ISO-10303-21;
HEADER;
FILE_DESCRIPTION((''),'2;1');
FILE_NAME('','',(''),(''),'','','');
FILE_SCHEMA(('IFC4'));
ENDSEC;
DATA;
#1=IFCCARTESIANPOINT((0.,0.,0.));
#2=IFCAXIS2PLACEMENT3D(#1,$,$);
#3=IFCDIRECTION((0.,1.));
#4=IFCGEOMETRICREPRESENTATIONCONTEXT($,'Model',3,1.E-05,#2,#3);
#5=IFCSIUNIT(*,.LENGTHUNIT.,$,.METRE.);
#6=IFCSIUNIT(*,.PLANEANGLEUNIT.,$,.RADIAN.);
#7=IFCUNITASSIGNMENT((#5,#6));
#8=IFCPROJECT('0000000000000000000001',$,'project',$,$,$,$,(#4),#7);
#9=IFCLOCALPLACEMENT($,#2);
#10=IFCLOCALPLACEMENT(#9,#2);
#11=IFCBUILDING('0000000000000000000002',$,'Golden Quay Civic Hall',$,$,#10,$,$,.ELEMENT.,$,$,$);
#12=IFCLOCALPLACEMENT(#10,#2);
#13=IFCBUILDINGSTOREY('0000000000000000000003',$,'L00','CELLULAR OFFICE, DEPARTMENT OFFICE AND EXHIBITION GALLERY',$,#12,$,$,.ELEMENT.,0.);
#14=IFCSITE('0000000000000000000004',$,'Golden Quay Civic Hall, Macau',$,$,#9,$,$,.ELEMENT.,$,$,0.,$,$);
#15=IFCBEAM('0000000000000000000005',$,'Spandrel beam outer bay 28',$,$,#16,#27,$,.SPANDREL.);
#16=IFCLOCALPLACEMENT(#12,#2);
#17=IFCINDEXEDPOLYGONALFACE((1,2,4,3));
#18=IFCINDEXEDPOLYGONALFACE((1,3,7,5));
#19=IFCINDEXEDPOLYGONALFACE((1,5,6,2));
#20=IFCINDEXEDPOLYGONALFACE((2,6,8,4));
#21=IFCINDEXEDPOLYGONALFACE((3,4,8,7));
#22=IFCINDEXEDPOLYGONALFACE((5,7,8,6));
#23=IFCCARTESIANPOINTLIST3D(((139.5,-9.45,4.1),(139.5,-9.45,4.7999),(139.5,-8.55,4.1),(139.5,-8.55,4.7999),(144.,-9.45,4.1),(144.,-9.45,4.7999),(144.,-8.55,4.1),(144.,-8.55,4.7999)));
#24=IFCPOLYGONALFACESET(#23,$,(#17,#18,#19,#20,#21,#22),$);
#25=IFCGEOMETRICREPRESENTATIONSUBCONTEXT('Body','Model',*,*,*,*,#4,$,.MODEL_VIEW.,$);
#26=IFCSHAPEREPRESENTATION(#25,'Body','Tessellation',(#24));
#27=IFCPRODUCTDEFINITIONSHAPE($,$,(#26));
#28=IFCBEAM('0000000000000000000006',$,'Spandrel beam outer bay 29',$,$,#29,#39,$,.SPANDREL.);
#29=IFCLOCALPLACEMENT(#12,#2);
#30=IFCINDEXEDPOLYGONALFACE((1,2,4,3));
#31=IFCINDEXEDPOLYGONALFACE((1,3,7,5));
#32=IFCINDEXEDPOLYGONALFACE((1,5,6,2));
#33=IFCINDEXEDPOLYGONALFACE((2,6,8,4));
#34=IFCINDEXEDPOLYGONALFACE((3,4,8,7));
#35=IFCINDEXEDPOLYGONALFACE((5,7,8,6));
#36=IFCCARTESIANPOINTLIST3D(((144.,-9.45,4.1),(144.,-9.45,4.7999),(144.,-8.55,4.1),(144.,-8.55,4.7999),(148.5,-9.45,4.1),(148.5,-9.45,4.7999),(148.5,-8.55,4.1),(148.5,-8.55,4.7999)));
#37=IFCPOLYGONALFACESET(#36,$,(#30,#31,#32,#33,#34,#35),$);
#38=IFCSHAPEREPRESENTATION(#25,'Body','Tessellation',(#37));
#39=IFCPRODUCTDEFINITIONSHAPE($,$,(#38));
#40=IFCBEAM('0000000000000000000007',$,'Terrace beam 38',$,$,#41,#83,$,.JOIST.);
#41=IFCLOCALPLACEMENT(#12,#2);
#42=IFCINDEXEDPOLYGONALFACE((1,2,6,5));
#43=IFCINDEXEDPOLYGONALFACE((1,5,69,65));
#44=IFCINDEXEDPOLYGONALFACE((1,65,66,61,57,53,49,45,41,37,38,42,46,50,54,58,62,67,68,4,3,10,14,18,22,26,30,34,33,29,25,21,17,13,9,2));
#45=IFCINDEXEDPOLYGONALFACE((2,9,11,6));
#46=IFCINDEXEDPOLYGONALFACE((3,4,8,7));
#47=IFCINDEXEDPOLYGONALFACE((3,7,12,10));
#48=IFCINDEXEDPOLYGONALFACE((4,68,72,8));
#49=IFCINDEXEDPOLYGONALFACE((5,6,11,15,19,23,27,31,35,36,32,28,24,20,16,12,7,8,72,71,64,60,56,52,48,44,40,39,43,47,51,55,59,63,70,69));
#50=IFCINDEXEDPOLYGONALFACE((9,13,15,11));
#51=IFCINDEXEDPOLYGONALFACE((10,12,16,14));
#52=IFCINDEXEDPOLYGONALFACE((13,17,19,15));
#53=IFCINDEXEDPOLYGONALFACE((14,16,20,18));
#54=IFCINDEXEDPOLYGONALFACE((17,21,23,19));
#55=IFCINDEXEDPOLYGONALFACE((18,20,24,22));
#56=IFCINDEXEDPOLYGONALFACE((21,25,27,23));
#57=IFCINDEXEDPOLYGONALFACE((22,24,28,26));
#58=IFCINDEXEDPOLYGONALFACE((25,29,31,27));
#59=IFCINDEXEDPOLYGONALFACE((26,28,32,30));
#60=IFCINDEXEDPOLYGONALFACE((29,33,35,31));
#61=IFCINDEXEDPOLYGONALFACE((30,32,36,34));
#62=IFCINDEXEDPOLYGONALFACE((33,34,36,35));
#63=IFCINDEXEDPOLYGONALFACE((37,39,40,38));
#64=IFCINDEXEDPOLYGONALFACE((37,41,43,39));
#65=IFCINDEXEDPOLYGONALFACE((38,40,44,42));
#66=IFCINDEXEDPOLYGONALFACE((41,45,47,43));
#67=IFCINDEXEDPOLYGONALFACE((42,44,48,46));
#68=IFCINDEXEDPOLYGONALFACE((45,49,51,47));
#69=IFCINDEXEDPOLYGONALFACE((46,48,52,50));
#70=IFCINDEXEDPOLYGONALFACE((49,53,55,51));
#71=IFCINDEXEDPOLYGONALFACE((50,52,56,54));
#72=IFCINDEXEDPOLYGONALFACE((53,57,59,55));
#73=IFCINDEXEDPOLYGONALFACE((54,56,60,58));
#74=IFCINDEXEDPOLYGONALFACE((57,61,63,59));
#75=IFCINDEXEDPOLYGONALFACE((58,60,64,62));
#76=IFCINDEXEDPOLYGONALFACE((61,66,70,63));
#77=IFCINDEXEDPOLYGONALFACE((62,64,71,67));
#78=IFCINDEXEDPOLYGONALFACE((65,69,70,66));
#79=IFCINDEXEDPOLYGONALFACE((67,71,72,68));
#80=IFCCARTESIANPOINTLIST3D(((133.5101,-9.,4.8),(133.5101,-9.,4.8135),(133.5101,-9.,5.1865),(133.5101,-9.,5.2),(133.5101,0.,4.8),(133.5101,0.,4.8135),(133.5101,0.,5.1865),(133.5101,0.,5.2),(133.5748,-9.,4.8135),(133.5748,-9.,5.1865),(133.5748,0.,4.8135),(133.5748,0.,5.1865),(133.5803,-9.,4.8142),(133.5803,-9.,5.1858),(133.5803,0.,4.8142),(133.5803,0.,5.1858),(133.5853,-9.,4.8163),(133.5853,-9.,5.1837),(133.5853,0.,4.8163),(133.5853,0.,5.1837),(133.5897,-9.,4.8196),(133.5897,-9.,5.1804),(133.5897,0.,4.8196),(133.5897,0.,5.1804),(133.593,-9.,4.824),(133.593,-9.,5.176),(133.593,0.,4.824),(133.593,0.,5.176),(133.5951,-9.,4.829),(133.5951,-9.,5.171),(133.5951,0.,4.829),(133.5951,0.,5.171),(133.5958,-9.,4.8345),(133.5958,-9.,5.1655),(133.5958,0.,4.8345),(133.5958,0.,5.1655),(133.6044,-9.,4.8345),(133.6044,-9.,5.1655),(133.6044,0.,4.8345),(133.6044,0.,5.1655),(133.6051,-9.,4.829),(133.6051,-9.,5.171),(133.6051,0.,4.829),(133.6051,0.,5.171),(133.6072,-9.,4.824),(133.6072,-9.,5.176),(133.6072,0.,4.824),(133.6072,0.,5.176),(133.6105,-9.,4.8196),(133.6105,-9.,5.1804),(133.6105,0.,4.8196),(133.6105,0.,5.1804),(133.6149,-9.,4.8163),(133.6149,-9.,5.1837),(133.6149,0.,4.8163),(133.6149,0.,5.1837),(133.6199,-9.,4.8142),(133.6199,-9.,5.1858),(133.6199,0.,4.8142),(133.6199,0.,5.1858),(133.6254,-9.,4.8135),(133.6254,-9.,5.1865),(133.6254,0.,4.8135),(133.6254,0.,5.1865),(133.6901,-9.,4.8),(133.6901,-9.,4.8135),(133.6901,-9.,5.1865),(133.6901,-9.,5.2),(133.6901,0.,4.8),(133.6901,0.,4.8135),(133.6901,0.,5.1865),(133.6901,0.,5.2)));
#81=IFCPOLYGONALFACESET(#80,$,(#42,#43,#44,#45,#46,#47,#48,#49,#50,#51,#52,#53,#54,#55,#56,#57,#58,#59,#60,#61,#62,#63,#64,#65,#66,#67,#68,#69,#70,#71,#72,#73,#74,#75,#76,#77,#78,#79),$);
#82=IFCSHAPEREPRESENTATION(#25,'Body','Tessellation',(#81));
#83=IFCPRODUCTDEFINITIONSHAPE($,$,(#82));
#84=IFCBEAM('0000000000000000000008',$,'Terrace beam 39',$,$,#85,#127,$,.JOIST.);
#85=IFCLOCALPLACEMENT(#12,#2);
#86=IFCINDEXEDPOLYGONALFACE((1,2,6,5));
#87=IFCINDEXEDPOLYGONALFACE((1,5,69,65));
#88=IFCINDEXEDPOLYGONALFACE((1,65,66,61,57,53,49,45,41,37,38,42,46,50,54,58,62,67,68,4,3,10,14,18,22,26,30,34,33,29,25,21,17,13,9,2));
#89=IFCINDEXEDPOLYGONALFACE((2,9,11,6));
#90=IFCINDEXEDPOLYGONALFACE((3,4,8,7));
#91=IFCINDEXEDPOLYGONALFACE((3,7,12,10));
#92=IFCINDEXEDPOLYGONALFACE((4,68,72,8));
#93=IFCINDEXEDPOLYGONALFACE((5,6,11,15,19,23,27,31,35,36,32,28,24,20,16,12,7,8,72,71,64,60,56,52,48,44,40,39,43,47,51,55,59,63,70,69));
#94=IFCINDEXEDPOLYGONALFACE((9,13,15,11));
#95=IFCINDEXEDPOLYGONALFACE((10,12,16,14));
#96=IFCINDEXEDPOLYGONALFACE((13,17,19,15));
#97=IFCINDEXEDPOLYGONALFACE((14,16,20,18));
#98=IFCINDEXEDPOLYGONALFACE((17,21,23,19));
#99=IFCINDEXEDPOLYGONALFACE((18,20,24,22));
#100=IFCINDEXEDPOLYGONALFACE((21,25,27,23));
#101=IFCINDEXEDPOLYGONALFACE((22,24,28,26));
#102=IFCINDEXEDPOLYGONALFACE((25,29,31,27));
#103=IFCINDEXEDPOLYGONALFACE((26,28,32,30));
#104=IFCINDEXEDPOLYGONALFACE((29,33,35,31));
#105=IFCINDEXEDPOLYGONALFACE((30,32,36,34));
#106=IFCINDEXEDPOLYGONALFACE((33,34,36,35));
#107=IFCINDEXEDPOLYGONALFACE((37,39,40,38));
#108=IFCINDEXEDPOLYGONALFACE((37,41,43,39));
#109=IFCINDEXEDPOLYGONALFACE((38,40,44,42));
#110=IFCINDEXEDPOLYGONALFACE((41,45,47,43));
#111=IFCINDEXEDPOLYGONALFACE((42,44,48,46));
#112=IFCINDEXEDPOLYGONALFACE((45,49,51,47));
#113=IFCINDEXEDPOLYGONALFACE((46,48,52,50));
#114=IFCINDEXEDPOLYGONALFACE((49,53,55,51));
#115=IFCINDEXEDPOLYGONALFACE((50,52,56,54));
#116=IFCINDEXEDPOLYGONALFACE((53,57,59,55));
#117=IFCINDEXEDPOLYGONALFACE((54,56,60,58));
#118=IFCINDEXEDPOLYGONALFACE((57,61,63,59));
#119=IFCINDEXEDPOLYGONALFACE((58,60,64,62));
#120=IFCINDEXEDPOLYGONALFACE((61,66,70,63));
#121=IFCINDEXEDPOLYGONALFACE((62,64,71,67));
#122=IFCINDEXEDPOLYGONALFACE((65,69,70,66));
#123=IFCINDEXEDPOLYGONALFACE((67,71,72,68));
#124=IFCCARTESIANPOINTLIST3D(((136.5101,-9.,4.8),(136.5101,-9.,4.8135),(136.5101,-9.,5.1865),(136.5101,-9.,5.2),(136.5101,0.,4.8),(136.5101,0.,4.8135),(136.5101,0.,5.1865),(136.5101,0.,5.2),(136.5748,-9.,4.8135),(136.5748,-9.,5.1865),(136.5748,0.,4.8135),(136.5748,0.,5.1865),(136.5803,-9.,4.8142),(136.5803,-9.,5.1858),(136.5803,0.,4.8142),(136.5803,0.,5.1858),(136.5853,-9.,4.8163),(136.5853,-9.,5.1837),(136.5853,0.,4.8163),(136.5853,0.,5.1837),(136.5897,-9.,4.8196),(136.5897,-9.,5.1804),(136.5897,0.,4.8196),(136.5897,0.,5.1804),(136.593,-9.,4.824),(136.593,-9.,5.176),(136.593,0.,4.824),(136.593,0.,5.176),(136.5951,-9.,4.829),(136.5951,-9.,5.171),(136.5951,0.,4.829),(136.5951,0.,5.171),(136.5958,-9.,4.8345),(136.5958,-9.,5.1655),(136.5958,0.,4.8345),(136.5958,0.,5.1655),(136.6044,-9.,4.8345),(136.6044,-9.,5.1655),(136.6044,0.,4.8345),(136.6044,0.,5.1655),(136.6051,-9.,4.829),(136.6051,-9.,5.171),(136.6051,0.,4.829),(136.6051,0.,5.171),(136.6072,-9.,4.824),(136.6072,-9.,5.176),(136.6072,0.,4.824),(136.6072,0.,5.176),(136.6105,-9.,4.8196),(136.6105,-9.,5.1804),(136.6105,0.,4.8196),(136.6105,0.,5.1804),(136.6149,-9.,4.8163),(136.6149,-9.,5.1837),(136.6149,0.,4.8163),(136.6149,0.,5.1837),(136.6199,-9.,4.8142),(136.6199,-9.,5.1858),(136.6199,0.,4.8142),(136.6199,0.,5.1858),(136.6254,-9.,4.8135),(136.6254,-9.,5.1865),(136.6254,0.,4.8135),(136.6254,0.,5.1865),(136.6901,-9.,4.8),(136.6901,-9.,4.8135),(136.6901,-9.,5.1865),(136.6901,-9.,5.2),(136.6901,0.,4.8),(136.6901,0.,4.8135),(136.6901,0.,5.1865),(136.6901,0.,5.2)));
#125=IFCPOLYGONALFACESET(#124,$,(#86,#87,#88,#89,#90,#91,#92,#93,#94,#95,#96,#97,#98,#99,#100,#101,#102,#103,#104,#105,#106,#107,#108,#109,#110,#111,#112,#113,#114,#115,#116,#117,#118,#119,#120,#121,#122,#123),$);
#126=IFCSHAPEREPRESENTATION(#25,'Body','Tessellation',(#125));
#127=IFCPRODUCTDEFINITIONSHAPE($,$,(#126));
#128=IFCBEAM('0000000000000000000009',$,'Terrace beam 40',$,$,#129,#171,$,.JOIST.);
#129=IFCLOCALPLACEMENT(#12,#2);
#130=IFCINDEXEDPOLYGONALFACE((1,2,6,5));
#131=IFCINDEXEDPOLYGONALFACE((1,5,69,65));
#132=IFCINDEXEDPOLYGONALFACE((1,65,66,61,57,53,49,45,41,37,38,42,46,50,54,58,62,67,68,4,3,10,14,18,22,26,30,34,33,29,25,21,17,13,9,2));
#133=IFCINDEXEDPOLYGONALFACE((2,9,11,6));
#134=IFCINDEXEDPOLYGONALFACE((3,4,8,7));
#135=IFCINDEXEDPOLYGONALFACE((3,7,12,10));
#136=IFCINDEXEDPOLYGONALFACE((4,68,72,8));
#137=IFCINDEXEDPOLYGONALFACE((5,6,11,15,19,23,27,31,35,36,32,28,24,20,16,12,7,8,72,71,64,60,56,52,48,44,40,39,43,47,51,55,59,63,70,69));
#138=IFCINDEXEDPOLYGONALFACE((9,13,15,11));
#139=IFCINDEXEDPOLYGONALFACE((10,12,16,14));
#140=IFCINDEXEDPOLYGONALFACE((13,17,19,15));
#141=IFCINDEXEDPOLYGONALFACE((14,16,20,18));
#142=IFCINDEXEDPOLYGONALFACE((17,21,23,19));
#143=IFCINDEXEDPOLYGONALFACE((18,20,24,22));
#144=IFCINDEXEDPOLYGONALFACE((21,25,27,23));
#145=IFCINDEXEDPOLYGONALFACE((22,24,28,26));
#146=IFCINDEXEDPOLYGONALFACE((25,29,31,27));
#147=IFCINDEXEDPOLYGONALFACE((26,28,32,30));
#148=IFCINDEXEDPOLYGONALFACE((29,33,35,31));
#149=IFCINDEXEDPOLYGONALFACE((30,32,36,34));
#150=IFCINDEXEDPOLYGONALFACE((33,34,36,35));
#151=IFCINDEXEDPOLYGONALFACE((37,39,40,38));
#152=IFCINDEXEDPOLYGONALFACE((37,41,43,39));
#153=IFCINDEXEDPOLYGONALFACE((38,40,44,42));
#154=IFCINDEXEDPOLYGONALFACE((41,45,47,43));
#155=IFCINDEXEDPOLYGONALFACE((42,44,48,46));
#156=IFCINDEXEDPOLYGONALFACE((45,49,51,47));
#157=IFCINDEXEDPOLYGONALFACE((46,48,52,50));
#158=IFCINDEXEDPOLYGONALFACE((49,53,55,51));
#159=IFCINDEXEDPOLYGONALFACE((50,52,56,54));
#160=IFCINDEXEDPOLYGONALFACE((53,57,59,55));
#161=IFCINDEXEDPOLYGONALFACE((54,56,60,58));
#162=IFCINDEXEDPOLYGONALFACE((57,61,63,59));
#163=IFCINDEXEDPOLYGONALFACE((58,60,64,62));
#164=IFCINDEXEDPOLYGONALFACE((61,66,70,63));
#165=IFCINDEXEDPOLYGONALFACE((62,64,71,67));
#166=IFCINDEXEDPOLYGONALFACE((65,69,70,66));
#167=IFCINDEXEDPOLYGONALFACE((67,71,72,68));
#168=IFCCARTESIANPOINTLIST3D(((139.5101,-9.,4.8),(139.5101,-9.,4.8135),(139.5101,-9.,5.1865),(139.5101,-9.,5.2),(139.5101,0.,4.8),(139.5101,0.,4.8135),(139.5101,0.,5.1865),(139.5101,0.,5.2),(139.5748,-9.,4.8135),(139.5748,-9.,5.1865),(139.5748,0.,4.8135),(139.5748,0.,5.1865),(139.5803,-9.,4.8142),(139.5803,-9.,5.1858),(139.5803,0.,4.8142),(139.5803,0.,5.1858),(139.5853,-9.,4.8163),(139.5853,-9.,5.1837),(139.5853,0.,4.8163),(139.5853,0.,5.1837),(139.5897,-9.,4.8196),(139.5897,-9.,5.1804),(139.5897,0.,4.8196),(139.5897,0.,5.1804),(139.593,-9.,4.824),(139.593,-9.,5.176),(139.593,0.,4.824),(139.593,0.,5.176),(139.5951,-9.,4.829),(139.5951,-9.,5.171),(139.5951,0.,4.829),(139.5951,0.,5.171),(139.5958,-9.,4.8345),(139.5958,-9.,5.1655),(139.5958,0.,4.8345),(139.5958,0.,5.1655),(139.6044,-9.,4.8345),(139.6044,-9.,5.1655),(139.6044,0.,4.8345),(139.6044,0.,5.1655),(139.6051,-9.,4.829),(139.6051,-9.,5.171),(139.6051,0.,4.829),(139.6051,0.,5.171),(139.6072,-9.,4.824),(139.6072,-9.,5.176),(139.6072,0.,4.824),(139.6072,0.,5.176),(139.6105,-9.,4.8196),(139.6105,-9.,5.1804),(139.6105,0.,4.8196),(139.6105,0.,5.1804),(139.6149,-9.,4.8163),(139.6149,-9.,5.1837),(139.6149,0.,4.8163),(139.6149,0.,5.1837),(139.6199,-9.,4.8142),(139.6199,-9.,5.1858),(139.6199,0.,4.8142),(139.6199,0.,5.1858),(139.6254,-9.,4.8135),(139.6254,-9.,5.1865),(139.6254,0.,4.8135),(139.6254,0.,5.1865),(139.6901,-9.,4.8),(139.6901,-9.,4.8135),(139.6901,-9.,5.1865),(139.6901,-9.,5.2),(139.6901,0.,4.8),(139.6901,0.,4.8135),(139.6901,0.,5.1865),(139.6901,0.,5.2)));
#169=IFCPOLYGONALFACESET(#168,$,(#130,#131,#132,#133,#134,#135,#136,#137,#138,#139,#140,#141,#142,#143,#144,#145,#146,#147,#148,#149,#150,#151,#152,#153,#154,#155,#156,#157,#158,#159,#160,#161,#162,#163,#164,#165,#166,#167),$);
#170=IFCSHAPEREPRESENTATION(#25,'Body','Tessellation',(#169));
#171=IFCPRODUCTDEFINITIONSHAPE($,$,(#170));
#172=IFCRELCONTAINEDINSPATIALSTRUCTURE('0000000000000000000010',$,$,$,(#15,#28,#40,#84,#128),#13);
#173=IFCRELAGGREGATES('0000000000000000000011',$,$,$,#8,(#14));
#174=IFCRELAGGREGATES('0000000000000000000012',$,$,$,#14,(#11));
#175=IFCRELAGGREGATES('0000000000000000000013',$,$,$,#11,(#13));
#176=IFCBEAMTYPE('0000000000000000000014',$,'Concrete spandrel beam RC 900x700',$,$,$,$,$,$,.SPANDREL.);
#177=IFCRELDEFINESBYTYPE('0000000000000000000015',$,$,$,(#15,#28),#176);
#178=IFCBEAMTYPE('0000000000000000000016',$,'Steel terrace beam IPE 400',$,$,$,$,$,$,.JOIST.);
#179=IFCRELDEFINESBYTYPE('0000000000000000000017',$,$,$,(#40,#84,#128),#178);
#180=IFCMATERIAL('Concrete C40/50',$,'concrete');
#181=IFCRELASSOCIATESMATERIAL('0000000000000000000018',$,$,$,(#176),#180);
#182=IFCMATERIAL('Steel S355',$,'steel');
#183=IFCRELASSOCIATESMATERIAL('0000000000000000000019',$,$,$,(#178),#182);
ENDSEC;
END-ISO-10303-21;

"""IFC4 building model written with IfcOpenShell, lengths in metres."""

from ifc_helpers import new_model, si_unit, direction, frame, origin, origin_2d, place, context, subcontext, project, spatial, rectangle, i_section, extrude, material, material_profile, profile_set, type_object, element, save


model = new_model("IFC4")

# Units and contexts
model_context = context("Model", 3, precision=1e-05, world=origin(), true_north=direction((0.0, 1.0)))
body_context = subcontext(model_context, "Body", "Model", "MODEL_VIEW")
ifc_project = project(units=[si_unit("LENGTHUNIT", "METRE"), si_unit("PLANEANGLEUNIT", "RADIAN")], contexts=[model_context])

# Site, building, storey
site_placement = place(None, origin())
site = spatial("IfcSite", under=ifc_project, at=site_placement, Name="Golden Quay Civic Hall, Macau", CompositionType="ELEMENT", RefElevation=0.0)
building_placement = place(site_placement, origin())
building = spatial("IfcBuilding", under=site, at=building_placement, Name="Golden Quay Civic Hall", CompositionType="ELEMENT")
storey_placement = place(building_placement, origin())
storey = spatial("IfcBuildingStorey", under=building, at=storey_placement, Name="L00", Description="CELLULAR OFFICE, DEPARTMENT OFFICE AND EXHIBITION GALLERY", CompositionType="ELEMENT", Elevation=0.0)

# Beams
ifc_material_1 = material(Name="Concrete C40/50", Category="concrete")
ifc_material_profile_1 = material_profile(ifc_material_1, rectangle(XDim=0.8999, YDim=0.7, at=origin_2d()), Name="RC 900x700")
ifc_profile_set_1 = profile_set([ifc_material_profile_1], Name="Concrete C40/50")
beam_type_1 = type_object("IfcBeamType", Name="Concrete spandrel beam RC 900x700", PredefinedType="SPANDREL", material=ifc_profile_set_1)
for number, where, z_axis, x_axis, name in (
    (1, (139.5, -9.0, 4.45), (1.0, 0.0, 0.0), (0.0, 1.0, 0.0), "Spandrel beam outer bay 28"),
    (2, (144.0, -9.0, 4.45), (1.0, 0.0, 0.0), (0.0, 1.0, 0.0), "Spandrel beam outer bay 29"),
):
    element("IfcBeam", number, at=place(storey_placement, frame(where, z_axis=z_axis, x_axis=x_axis)), inside=storey, type_object=beam_type_1, Name=name, PredefinedType="SPANDREL", context=body_context, shape_type="SweptSolid", body=[
        extrude(rectangle(XDim=0.8999, YDim=0.7, at=origin_2d()), origin(), (0.0, 0.0, 1.0), 4.5),
    ])
ifc_material_2 = material(Name="Steel S355", Category="steel")
ifc_material_profile_2 = material_profile(ifc_material_2, i_section(OverallWidth=0.1799, OverallDepth=0.3999, WebThickness=0.0085, FlangeThickness=0.0134, FilletRadius=0.021, at=origin_2d()), Name="IPE 400")
ifc_profile_set_2 = profile_set([ifc_material_profile_2], Name="Steel S355")
beam_type_2 = type_object("IfcBeamType", Name="Steel terrace beam IPE 400", PredefinedType="JOIST", material=ifc_profile_set_2)
for number, where, z_axis, x_axis, name in (
    (3, (133.6001, -9.0, 5.0), (0.0, 1.0, 0.0), (-1.0, 0.0, 0.0), "Terrace beam 38"),
    (4, (136.6001, -9.0, 5.0), (0.0, 1.0, 0.0), (-1.0, 0.0, 0.0), "Terrace beam 39"),
    (5, (139.6001, -9.0, 5.0), (0.0, 1.0, 0.0), (-1.0, 0.0, 0.0), "Terrace beam 40"),
):
    element("IfcBeam", number, at=place(storey_placement, frame(where, z_axis=z_axis, x_axis=x_axis)), inside=storey, type_object=beam_type_2, Name=name, PredefinedType="JOIST", context=body_context, shape_type="SweptSolid", body=[
        extrude(i_section(OverallWidth=0.1799, OverallDepth=0.3999, WebThickness=0.0085, FlangeThickness=0.0134, FilletRadius=0.021, at=origin_2d()), origin(), (0.0, 0.0, 1.0), 9.0),
    ])

save(model, "model.ifc")
